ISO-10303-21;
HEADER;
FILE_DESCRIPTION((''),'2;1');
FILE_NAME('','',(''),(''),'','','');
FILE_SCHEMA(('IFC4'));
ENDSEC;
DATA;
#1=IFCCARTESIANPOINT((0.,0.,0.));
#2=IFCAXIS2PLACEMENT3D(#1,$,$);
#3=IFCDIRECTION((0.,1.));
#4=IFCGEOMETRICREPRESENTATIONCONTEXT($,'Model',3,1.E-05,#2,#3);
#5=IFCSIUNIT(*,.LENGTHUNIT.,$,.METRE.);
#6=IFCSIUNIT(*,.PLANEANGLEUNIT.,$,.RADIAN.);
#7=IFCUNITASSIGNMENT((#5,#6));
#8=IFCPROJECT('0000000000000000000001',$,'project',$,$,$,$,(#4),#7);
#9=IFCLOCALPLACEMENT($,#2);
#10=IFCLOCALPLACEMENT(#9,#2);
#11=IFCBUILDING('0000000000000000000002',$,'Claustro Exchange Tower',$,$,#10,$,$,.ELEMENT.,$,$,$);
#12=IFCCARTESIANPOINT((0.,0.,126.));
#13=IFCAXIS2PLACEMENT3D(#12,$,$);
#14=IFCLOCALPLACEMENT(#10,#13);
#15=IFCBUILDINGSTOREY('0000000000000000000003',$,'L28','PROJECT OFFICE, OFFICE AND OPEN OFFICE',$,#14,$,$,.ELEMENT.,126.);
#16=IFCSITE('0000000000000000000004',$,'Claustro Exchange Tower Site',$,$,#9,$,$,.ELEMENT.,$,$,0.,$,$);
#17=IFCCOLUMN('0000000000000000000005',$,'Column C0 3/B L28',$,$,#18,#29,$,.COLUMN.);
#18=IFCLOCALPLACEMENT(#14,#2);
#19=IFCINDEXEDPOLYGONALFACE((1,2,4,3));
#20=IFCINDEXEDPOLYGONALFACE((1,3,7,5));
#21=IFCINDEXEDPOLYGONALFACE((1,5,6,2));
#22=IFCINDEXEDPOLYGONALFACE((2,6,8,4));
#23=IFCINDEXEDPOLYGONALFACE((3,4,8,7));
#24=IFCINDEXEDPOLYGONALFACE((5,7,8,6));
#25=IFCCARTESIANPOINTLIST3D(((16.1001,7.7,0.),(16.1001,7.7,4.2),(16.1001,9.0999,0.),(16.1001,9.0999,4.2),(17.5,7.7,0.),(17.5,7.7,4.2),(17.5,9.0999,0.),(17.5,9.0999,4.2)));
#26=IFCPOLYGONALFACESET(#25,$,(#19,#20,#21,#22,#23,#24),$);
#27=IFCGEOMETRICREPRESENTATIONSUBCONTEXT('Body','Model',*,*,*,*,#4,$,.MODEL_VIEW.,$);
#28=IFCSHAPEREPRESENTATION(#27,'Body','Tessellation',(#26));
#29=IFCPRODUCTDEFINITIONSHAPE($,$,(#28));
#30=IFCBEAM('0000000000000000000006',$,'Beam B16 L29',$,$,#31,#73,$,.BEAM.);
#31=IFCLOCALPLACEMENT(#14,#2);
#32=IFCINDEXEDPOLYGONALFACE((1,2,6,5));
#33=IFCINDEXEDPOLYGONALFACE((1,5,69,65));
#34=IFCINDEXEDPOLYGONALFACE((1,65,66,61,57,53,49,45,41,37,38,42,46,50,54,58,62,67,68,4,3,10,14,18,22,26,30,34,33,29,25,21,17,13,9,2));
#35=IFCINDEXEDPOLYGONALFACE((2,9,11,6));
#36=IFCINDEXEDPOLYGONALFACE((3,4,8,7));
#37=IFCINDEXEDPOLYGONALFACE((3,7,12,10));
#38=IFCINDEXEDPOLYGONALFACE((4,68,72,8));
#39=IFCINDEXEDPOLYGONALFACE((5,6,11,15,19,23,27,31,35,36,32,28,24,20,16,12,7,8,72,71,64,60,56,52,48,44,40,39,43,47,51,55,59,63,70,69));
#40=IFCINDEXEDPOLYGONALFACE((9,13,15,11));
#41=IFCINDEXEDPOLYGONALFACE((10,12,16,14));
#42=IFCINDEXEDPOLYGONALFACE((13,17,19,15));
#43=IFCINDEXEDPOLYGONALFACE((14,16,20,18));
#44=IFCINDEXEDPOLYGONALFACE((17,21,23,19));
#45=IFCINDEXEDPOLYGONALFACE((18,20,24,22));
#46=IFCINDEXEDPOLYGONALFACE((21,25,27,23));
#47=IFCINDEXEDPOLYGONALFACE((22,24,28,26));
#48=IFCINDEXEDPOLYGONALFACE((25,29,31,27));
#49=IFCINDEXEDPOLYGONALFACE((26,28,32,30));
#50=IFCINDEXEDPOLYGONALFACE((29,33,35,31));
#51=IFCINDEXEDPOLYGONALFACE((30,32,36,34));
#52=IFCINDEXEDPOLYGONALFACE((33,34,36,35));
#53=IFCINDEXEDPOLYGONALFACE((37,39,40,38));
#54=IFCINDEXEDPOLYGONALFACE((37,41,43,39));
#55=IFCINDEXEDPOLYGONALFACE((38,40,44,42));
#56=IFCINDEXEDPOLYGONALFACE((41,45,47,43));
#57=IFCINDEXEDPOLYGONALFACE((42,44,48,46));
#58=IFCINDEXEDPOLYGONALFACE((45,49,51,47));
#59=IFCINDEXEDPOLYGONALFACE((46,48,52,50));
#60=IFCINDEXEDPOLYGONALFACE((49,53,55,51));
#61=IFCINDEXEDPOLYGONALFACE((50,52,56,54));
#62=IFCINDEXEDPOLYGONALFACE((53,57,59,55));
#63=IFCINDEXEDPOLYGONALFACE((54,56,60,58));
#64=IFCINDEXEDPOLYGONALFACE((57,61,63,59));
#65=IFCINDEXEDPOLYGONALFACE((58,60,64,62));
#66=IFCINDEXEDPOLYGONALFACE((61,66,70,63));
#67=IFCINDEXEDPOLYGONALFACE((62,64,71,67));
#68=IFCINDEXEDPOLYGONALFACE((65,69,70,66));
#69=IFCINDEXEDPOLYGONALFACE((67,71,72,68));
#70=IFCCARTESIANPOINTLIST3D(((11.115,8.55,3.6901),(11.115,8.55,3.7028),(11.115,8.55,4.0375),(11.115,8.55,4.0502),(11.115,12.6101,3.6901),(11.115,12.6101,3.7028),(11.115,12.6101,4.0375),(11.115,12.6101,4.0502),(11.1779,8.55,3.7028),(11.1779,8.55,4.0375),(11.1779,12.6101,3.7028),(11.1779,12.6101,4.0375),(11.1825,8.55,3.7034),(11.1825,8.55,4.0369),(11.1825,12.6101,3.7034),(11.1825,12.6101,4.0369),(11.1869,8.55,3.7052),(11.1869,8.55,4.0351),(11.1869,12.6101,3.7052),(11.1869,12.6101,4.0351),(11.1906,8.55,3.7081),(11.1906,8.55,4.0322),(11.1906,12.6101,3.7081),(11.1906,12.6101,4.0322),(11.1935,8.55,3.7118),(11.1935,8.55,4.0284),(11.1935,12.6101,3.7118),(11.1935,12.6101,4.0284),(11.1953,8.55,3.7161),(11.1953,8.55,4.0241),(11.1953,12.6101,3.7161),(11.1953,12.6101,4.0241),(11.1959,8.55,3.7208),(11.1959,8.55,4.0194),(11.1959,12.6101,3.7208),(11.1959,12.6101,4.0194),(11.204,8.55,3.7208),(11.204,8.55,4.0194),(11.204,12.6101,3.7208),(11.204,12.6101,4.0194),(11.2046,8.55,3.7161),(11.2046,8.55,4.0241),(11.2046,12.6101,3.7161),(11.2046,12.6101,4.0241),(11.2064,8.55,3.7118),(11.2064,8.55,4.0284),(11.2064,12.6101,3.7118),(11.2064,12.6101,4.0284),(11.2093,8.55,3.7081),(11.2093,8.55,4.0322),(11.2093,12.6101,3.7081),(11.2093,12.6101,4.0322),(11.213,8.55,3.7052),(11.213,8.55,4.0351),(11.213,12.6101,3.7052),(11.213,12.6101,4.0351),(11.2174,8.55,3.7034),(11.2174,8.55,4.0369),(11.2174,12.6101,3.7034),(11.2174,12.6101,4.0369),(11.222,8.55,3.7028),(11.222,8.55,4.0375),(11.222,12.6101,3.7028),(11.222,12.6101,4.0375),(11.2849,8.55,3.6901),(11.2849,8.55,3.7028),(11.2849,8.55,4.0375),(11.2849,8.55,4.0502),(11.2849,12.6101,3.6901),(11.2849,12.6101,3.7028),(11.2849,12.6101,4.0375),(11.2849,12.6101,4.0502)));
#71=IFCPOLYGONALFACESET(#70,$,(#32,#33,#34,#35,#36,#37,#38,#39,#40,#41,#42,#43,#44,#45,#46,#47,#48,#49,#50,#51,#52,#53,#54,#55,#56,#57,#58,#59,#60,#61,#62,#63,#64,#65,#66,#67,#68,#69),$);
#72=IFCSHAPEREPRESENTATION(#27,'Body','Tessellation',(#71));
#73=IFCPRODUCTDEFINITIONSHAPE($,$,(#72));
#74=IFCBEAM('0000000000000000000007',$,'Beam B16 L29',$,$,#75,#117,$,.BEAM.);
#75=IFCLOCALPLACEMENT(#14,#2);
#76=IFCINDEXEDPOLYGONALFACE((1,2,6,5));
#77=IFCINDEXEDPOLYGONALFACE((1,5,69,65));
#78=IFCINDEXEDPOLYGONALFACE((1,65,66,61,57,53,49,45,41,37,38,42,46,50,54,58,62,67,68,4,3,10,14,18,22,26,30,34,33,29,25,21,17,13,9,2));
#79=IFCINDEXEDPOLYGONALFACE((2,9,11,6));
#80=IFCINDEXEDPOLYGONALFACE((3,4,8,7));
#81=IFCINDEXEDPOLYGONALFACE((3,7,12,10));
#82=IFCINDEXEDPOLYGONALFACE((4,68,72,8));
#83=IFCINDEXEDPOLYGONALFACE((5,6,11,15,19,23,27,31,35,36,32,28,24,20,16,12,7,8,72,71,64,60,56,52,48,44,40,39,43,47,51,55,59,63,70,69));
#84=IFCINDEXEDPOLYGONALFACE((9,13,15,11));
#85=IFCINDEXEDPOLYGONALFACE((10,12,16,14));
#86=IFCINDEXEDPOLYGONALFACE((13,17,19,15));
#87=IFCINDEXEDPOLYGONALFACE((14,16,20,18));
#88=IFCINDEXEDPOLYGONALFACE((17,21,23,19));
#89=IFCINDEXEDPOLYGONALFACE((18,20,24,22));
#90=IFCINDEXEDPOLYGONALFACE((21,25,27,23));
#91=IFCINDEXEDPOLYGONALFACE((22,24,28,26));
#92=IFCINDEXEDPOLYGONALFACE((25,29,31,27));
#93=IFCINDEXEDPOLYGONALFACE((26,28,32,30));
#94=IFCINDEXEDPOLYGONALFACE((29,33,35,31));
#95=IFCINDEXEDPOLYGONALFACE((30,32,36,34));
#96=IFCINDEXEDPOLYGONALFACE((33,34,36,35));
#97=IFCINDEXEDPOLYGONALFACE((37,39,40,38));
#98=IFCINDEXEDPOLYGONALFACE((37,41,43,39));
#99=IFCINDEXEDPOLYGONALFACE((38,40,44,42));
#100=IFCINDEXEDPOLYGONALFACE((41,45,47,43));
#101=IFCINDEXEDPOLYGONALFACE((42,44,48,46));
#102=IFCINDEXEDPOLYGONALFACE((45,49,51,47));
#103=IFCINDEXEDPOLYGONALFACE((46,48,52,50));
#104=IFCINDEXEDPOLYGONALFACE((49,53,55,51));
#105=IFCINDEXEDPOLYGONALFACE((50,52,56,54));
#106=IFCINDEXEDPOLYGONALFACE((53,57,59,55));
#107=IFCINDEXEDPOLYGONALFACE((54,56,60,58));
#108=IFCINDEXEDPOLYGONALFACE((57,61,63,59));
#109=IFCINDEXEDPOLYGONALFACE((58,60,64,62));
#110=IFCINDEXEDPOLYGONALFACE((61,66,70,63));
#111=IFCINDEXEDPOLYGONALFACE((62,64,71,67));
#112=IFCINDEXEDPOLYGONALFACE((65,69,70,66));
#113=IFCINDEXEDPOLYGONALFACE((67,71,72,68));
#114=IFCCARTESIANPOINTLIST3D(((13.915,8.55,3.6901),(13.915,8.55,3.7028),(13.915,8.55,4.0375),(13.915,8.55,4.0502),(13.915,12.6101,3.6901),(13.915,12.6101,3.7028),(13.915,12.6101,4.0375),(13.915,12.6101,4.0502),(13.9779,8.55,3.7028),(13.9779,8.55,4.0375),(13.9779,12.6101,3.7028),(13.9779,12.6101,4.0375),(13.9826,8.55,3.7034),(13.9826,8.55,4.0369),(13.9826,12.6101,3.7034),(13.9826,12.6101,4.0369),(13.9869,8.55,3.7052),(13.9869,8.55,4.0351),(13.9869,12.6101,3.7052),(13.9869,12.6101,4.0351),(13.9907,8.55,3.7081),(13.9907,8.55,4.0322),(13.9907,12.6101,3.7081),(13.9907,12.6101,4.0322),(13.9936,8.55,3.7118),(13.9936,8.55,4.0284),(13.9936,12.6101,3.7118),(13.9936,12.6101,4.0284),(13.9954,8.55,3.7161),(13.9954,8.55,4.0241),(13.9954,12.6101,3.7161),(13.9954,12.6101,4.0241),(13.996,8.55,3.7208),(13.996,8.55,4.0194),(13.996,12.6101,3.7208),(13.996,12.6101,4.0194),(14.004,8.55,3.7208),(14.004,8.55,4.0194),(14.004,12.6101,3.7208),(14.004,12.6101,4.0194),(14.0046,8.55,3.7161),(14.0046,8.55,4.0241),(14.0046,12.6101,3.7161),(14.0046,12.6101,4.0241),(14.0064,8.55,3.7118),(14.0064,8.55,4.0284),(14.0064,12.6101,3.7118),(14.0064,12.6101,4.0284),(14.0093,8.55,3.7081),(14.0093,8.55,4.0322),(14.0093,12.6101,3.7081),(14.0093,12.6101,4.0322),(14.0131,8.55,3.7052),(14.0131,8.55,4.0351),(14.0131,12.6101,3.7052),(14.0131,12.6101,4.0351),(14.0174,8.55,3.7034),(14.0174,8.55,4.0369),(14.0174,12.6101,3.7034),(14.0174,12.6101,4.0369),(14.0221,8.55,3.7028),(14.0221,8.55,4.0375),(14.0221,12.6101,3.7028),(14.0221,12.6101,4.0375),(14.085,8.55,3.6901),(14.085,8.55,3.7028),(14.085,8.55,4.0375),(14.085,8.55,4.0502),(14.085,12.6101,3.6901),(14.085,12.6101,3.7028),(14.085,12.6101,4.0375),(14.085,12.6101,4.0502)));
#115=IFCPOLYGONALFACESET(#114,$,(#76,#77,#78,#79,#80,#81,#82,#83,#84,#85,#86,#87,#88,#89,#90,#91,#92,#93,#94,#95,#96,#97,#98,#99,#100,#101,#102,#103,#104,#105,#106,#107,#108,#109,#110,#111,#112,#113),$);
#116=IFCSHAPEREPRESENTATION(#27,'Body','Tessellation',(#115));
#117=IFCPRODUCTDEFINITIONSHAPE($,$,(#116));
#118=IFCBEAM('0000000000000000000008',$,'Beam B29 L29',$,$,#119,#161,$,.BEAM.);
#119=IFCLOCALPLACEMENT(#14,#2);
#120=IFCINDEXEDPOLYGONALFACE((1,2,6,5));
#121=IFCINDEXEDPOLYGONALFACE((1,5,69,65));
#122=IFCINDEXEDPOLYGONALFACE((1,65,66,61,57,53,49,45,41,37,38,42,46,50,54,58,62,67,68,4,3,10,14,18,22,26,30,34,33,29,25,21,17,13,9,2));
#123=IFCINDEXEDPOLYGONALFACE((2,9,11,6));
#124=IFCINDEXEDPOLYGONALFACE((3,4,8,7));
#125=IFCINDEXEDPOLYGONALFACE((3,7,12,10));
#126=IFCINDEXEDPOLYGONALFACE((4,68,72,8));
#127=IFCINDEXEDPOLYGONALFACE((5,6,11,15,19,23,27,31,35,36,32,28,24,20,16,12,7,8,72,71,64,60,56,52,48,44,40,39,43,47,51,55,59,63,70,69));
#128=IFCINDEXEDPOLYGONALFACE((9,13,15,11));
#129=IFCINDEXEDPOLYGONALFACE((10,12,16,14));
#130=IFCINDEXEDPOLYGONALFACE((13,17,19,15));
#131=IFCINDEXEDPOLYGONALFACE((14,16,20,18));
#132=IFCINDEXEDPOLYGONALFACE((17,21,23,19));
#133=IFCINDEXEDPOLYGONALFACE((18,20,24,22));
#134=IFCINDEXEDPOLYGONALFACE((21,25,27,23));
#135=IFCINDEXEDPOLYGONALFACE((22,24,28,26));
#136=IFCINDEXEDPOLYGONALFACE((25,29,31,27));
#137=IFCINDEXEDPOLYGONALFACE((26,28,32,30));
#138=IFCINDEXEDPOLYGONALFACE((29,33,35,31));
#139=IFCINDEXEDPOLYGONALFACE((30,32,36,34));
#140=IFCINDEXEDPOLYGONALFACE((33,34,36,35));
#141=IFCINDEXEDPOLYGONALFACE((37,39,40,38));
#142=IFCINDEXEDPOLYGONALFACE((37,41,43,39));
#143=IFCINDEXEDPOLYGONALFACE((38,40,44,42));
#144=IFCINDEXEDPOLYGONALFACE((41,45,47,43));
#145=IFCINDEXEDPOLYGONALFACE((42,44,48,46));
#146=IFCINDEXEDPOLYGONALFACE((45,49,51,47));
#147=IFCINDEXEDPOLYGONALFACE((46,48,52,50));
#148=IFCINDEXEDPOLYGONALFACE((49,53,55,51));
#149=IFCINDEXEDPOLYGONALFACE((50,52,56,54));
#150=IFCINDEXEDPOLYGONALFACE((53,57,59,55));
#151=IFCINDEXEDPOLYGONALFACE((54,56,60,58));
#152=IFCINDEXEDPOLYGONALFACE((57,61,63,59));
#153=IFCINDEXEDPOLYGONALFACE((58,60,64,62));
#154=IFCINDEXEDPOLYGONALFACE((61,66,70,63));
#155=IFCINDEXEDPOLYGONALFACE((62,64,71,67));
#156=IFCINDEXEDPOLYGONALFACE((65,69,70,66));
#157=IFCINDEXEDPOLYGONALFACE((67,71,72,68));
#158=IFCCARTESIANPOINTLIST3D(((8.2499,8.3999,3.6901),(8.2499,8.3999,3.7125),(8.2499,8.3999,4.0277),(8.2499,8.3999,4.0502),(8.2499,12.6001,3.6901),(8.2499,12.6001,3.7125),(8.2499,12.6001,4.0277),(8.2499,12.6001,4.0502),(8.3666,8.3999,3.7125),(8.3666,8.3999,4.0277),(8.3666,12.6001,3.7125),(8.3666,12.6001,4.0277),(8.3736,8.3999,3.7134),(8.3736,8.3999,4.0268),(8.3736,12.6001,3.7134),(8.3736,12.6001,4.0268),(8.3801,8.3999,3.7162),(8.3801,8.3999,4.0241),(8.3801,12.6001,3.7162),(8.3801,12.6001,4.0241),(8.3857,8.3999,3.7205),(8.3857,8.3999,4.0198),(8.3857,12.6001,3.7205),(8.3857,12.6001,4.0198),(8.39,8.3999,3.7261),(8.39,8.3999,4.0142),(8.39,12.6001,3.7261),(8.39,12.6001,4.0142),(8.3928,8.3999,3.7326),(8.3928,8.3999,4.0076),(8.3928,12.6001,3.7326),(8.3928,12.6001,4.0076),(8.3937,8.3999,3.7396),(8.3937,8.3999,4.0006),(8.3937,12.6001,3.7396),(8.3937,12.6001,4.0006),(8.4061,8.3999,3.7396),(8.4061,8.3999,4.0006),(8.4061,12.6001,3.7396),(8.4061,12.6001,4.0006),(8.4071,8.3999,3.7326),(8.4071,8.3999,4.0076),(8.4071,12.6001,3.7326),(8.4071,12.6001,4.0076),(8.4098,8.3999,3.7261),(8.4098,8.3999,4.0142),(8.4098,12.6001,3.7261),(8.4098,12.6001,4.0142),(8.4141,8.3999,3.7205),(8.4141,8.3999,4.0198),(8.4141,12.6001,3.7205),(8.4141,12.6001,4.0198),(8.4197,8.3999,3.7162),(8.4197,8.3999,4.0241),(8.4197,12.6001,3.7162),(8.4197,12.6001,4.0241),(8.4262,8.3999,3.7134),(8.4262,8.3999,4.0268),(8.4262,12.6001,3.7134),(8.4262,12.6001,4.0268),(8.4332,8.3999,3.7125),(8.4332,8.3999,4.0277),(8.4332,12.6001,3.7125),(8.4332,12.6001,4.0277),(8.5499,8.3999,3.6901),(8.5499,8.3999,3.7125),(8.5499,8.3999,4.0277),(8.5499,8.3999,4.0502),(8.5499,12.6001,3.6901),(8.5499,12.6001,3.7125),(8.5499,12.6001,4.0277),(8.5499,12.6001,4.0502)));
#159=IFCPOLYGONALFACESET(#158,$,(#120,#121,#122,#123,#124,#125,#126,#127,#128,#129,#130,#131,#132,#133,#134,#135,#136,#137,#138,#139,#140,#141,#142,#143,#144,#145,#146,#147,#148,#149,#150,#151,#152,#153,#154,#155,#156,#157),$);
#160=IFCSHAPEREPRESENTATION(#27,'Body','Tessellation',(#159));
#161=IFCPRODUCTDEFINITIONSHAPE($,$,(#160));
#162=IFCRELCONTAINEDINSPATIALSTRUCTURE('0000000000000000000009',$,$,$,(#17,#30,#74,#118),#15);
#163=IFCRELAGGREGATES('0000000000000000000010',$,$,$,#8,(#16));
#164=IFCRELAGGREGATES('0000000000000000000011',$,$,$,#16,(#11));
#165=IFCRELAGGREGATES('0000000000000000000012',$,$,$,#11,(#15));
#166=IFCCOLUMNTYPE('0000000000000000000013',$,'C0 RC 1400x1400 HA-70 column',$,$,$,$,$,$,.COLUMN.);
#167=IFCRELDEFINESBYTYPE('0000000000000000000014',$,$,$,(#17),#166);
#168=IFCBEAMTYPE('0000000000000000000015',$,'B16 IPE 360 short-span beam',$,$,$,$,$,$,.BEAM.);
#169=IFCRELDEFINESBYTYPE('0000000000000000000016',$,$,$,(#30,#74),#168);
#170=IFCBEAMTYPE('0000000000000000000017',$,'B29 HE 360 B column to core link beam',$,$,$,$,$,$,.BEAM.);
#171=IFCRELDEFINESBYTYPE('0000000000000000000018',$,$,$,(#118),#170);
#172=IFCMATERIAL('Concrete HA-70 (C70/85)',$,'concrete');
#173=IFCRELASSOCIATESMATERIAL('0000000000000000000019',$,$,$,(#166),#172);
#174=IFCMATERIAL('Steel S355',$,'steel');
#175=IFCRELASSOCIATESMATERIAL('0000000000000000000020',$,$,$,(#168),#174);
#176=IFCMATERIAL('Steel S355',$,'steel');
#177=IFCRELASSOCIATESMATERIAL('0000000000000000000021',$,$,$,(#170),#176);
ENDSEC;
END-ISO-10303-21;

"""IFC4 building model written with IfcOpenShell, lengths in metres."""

from ifc_helpers import new_model, si_unit, direction, frame, origin, origin_2d, place, context, subcontext, project, spatial, rectangle, i_section, extrude, material, material_profile, profile_set, type_object, element, save


model = new_model("IFC4")

# Units and contexts
model_context = context("Model", 3, precision=1e-05, world=origin(), true_north=direction((0.0, 1.0)))
body_context = subcontext(model_context, "Body", "Model", "MODEL_VIEW")
ifc_project = project(units=[si_unit("LENGTHUNIT", "METRE"), si_unit("PLANEANGLEUNIT", "RADIAN")], contexts=[model_context])

# Site, building, storey
site_placement = place(None, origin())
site = spatial("IfcSite", under=ifc_project, at=site_placement, Name="Claustro Exchange Tower Site", CompositionType="ELEMENT", RefElevation=0.0)
building_placement = place(site_placement, origin())
building = spatial("IfcBuilding", under=site, at=building_placement, Name="Claustro Exchange Tower", CompositionType="ELEMENT")
storey_placement = place(building_placement, frame((0.0, 0.0, 126.0)))
storey = spatial("IfcBuildingStorey", under=building, at=storey_placement, Name="L28", Description="PROJECT OFFICE, OFFICE AND OPEN OFFICE", CompositionType="ELEMENT", Elevation=126.0)

# Column
ifc_material_1 = material(Name="Concrete HA-70 (C70/85)", Category="concrete")
ifc_material_profile_1 = material_profile(ifc_material_1, rectangle(XDim=1.3999, YDim=1.3999, at=origin_2d()), Name="RC 1400x1400")
ifc_profile_set_1 = profile_set([ifc_material_profile_1], Name="Concrete HA-70 (C70/85)")
column_type = type_object("IfcColumnType", Name="C0 RC 1400x1400 HA-70 column", PredefinedType="COLUMN", material=ifc_profile_set_1)
column_placement = place(storey_placement, frame((16.8, 8.3999, 0.0), z_axis=(0.0, 0.0, 1.0), x_axis=(1.0, 0.0, 0.0)))
element("IfcColumn", 1, at=column_placement, inside=storey, type_object=column_type, Name="Column C0 3/B L28", PredefinedType="COLUMN", context=body_context, shape_type="SweptSolid", body=[
    extrude(rectangle(XDim=1.3999, YDim=1.3999, at=origin_2d()), origin(), (0.0, 0.0, 1.0), 4.2),
])

# Beams
ifc_material_2 = material(Name="Steel S355", Category="steel")
ifc_material_profile_2 = material_profile(ifc_material_2, i_section(OverallWidth=0.1699, OverallDepth=0.3601, WebThickness=0.0081, FlangeThickness=0.0127, FilletRadius=0.0181, at=origin_2d()), Name="IPE 360")
ifc_profile_set_2 = profile_set([ifc_material_profile_2], Name="Steel S355")
beam_type_1 = type_object("IfcBeamType", Name="B16 IPE 360 short-span beam", PredefinedType="BEAM", material=ifc_profile_set_2)
for number, where, z_axis, x_axis, name in (
    (2, (11.2, 8.55, 3.8701), (0.0, 1.0, 0.0), (-1.0, 0.0, 0.0), "Beam B16 L29"),
    (3, (14.0, 8.55, 3.8701), (0.0, 1.0, 0.0), (-1.0, 0.0, 0.0), "Beam B16 L29"),
):
    element("IfcBeam", number, at=place(storey_placement, frame(where, z_axis=z_axis, x_axis=x_axis)), inside=storey, type_object=beam_type_1, Name=name, PredefinedType="BEAM", context=body_context, shape_type="SweptSolid", body=[
        extrude(i_section(OverallWidth=0.1699, OverallDepth=0.3601, WebThickness=0.0081, FlangeThickness=0.0127, FilletRadius=0.0181, at=origin_2d()), origin(), (0.0, 0.0, 1.0), 4.0601),
    ])
ifc_material_3 = material(Name="Steel S355", Category="steel")
ifc_material_profile_3 = material_profile(ifc_material_3, i_section(OverallWidth=0.3, OverallDepth=0.3601, WebThickness=0.0125, FlangeThickness=0.0225, FilletRadius=0.0271, at=origin_2d()), Name="HE 360 B")
ifc_profile_set_3 = profile_set([ifc_material_profile_3], Name="Steel S355")
beam_type_2 = type_object("IfcBeamType", Name="B29 HE 360 B column to core link beam", PredefinedType="BEAM", material=ifc_profile_set_3)
for number, where, z_axis, x_axis, name in (
    (4, (8.3999, 8.3999, 3.8701), (0.0, 1.0, 0.0), (-1.0, 0.0, 0.0), "Beam B29 L29"),
):
    element("IfcBeam", number, at=place(storey_placement, frame(where, z_axis=z_axis, x_axis=x_axis)), inside=storey, type_object=beam_type_2, Name=name, PredefinedType="BEAM", context=body_context, shape_type="SweptSolid", body=[
        extrude(i_section(OverallWidth=0.3, OverallDepth=0.3601, WebThickness=0.0125, FlangeThickness=0.0225, FilletRadius=0.0271, at=origin_2d()), origin(), (0.0, 0.0, 1.0), 4.2002),
    ])

save(model, "model.ifc")
